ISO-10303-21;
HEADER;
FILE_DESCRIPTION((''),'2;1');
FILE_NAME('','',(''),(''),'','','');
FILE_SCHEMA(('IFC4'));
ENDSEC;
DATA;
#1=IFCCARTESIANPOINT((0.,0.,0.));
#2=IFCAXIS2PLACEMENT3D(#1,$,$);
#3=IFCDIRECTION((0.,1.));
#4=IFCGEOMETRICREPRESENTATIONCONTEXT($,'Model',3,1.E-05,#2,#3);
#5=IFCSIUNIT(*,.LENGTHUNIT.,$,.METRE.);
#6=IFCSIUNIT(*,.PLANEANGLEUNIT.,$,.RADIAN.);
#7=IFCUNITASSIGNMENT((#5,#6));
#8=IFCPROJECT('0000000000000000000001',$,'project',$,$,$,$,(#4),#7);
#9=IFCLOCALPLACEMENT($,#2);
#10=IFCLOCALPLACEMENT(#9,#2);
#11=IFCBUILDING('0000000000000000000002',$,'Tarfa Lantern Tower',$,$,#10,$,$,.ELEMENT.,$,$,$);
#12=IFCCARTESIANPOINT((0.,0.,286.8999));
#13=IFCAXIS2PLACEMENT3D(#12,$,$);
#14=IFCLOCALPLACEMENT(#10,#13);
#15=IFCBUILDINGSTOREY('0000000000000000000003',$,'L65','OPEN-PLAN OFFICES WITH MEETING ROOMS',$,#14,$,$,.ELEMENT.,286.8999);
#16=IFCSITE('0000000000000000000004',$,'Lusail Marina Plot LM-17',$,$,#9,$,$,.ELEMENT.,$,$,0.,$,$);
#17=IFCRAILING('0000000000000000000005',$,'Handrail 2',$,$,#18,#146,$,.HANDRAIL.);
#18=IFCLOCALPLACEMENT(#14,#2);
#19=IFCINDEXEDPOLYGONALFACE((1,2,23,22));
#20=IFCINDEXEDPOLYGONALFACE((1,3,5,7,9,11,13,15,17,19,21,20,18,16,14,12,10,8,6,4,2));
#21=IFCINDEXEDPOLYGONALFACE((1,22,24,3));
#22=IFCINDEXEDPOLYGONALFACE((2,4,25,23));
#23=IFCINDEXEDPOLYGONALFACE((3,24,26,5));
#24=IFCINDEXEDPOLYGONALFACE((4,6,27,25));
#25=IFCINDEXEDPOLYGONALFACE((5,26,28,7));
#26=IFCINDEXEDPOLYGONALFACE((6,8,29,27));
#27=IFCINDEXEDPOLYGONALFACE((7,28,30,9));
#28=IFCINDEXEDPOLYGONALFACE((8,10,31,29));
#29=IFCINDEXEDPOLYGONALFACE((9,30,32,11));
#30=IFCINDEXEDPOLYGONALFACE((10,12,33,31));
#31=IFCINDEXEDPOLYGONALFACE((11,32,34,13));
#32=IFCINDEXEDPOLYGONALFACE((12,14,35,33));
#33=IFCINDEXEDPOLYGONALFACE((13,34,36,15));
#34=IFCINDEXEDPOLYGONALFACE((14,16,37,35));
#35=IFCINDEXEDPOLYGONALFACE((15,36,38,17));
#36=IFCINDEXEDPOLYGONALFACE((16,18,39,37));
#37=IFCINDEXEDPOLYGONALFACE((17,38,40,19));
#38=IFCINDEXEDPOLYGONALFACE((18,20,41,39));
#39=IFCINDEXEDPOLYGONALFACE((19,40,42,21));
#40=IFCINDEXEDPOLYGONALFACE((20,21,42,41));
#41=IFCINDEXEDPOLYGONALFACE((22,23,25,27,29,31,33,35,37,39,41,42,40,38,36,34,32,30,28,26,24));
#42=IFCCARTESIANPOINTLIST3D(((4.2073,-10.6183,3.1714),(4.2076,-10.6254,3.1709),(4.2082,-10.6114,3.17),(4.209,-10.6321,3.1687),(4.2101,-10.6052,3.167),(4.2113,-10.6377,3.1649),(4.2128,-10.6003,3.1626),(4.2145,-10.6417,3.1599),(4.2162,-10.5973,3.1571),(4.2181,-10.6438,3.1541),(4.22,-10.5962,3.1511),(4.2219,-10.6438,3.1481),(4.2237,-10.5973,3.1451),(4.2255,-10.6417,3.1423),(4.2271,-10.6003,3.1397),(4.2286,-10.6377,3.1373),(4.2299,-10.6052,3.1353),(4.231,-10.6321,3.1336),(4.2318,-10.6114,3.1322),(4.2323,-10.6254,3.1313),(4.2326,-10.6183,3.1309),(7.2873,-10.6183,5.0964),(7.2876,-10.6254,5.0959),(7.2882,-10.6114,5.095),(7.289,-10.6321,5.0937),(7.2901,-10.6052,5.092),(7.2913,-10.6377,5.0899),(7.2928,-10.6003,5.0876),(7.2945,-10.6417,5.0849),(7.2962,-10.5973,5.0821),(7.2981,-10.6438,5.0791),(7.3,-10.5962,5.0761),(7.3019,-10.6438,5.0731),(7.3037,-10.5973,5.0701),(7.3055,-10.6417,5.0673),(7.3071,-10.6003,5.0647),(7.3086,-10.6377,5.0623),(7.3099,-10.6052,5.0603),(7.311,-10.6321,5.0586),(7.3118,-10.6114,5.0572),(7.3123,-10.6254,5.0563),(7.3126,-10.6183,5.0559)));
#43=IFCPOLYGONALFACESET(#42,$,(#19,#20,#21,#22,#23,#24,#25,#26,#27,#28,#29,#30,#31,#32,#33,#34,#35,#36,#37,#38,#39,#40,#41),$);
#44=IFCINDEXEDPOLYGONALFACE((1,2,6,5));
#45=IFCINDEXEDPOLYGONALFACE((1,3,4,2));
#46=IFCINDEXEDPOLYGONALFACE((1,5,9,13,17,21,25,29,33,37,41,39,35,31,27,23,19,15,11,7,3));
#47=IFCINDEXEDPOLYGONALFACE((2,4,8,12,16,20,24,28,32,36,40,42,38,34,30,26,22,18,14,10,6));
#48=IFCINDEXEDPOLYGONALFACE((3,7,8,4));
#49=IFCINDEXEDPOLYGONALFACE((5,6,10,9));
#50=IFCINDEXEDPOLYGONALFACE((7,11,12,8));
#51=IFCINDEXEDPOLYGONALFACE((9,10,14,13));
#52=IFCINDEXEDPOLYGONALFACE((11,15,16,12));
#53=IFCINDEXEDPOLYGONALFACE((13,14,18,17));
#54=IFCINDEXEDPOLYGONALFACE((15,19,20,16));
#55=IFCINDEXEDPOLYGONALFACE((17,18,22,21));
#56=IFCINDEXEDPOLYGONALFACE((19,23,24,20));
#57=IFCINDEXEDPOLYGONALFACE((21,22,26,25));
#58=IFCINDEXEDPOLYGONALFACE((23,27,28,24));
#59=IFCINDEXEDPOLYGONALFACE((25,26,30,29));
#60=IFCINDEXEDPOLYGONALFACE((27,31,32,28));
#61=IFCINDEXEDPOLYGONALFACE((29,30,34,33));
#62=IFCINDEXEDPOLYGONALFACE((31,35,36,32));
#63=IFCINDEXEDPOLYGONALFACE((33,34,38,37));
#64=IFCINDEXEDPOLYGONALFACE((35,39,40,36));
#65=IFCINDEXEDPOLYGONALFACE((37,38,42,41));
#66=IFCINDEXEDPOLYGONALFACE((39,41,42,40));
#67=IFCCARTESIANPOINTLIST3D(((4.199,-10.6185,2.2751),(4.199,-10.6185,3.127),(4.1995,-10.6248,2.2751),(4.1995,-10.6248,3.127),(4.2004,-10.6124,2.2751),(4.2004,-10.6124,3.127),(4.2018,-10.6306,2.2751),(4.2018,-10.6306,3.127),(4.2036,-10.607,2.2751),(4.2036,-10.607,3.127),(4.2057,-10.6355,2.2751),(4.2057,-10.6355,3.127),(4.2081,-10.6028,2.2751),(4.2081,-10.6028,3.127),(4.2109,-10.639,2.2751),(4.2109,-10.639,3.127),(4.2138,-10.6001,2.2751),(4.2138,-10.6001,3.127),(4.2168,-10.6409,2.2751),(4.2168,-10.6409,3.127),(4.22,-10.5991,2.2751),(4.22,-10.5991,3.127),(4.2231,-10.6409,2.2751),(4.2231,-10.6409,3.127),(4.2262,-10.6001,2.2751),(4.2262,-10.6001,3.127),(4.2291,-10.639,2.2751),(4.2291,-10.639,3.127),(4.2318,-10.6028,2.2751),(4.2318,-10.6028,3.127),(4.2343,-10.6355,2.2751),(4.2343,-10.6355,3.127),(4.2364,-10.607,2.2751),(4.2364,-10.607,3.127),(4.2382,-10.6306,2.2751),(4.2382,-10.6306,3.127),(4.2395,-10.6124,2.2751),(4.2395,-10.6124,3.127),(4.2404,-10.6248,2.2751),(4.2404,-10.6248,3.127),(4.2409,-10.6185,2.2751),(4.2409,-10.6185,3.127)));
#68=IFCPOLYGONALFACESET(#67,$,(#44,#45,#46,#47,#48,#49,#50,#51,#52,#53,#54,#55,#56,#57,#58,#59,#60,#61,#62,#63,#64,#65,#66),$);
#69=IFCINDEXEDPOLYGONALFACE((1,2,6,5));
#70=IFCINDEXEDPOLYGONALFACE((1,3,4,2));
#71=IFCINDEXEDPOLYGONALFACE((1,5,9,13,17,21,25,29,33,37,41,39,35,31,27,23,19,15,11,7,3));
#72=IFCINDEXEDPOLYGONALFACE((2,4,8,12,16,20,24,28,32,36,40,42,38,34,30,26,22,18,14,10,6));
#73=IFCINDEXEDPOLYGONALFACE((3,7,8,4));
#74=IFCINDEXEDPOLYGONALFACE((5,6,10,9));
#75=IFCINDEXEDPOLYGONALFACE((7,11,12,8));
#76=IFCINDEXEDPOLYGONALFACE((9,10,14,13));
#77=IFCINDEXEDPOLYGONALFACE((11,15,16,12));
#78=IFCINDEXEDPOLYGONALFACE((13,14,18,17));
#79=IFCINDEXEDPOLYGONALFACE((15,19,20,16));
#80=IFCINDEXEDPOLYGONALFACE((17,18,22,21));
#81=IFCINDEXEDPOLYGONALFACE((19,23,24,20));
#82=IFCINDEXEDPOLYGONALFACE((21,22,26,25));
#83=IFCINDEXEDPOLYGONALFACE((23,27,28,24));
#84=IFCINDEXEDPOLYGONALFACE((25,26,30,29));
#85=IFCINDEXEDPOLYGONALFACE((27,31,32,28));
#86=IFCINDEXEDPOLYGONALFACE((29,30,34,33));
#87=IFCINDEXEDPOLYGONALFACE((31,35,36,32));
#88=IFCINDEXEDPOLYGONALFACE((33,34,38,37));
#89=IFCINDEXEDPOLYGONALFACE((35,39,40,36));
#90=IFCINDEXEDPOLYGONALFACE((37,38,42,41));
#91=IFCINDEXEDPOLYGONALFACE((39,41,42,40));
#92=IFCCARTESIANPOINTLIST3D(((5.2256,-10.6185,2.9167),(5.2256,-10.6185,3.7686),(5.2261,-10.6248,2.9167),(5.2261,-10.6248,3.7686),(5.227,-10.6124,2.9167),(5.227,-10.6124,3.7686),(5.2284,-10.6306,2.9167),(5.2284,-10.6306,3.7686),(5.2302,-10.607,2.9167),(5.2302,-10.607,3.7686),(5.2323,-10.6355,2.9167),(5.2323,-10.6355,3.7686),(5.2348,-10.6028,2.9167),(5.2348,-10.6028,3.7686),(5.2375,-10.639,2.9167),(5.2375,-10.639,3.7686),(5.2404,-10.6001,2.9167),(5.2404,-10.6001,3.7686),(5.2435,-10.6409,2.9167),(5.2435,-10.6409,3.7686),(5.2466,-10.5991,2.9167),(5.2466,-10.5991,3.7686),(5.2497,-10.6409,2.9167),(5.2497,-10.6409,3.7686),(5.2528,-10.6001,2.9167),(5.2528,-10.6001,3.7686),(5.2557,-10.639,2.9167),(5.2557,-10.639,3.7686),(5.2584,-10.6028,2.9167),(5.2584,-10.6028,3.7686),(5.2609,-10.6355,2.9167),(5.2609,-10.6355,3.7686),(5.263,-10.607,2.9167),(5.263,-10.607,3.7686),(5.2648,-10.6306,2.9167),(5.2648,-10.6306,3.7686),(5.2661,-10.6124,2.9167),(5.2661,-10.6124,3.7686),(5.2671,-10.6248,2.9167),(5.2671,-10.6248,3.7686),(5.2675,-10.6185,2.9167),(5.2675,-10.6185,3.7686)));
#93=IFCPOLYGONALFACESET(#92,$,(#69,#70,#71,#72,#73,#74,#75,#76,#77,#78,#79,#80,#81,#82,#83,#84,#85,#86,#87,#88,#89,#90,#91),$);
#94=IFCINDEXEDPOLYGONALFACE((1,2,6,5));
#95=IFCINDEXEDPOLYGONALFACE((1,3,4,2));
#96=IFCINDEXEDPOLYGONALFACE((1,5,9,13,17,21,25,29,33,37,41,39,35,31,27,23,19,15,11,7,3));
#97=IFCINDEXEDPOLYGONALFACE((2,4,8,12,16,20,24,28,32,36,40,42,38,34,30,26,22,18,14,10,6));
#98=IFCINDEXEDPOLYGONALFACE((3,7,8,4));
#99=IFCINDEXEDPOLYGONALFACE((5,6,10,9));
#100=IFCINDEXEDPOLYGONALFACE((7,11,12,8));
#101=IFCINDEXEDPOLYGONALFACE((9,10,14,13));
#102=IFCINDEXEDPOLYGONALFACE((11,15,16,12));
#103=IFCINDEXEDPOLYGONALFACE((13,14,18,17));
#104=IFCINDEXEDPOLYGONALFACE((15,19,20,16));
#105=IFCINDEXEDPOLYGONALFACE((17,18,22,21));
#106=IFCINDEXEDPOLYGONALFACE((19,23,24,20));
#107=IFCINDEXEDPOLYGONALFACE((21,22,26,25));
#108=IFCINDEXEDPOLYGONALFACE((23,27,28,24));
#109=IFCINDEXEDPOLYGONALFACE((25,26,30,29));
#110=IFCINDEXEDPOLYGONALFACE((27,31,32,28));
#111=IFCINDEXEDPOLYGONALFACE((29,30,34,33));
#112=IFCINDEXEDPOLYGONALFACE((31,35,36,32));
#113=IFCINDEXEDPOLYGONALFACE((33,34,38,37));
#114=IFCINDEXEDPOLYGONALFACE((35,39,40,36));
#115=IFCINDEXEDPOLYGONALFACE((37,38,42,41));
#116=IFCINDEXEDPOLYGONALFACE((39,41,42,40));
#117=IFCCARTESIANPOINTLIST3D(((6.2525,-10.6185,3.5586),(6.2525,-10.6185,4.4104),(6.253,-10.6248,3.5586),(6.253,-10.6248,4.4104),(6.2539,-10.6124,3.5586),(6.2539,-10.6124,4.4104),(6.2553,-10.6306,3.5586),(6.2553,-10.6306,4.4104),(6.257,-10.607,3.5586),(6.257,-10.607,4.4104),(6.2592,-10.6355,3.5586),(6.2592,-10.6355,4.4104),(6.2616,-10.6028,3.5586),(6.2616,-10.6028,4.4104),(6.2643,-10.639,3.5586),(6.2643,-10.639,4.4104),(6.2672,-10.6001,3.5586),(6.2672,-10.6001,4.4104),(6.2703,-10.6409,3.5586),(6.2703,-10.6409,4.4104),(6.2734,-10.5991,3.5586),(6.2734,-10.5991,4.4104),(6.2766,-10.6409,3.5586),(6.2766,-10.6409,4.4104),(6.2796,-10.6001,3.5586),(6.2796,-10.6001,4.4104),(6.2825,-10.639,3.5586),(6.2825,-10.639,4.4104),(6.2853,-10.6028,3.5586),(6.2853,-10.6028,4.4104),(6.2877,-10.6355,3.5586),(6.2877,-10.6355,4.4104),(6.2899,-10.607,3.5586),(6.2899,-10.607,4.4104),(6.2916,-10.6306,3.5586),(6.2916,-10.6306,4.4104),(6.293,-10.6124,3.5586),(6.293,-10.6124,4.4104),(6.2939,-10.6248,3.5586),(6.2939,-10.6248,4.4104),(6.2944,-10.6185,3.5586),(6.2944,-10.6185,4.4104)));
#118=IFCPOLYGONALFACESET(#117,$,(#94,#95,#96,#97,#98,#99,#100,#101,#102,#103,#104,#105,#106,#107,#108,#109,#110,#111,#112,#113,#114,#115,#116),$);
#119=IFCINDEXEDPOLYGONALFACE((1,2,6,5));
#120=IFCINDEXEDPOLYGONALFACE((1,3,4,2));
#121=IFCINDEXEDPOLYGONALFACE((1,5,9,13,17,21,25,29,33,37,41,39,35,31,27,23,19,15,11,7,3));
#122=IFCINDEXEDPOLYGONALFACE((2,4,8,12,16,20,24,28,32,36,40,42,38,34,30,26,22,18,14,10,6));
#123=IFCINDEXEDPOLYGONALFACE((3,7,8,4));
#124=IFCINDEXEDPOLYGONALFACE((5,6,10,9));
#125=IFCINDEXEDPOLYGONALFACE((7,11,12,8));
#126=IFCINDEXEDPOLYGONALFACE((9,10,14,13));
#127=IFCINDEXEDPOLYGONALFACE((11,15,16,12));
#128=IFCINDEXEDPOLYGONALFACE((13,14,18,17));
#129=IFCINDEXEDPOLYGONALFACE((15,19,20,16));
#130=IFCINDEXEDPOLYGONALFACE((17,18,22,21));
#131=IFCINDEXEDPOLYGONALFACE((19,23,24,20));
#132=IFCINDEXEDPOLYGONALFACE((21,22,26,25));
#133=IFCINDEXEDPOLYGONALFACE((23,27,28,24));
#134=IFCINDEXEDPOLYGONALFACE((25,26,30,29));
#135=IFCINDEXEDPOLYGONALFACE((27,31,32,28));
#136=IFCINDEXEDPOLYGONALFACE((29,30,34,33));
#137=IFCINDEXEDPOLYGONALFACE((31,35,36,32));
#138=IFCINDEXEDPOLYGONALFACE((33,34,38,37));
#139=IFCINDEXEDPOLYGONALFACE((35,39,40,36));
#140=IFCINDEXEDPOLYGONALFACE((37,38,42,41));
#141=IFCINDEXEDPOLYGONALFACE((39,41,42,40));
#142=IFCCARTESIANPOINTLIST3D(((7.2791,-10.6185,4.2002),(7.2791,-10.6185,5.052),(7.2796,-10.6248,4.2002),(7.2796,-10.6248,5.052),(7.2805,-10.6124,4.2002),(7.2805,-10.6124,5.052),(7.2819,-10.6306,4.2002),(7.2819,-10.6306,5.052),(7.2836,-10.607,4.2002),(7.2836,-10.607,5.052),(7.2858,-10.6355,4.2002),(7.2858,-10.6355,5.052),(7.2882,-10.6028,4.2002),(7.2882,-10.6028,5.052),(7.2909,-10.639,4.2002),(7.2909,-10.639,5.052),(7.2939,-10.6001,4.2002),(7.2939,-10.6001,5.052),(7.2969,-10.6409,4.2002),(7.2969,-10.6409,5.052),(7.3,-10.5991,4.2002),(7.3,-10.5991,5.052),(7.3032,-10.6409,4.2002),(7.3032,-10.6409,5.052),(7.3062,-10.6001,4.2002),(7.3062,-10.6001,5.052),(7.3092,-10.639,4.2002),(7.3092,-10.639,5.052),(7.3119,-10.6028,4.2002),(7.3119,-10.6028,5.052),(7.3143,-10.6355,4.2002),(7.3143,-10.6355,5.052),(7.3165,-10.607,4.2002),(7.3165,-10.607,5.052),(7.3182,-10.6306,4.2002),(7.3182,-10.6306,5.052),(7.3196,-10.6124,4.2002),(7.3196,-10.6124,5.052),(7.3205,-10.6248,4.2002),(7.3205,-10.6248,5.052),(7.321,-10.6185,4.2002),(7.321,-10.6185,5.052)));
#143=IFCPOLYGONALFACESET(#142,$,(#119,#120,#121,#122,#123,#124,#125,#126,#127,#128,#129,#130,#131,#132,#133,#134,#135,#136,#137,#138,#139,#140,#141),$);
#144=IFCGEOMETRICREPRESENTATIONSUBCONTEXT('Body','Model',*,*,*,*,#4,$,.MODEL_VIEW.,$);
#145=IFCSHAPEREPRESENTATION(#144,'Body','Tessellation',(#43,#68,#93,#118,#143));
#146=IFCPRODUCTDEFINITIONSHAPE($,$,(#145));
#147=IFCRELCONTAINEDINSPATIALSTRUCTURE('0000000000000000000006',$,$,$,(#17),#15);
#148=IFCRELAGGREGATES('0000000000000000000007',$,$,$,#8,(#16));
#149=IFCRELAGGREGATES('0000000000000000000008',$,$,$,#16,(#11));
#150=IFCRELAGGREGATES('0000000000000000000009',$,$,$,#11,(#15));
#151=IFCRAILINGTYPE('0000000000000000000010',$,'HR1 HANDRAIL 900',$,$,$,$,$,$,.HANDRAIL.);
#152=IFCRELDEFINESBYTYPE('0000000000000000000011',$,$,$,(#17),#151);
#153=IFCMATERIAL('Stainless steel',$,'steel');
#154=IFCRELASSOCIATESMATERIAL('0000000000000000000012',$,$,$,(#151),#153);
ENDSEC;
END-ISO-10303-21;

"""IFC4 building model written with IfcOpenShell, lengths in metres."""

from ifc_helpers import new_model, si_unit, direction, frame, origin, origin_2d, place, context, subcontext, project, spatial, circle, extrude, material, type_object, element, save


model = new_model("IFC4")

# Units and contexts
model_context = context("Model", 3, precision=1e-05, world=origin(), true_north=direction((0.0, 1.0)))
body_context = subcontext(model_context, "Body", "Model", "MODEL_VIEW")
ifc_project = project(units=[si_unit("LENGTHUNIT", "METRE"), si_unit("PLANEANGLEUNIT", "RADIAN")], contexts=[model_context])

# Site, building, storey
site_placement = place(None, origin())
site = spatial("IfcSite", under=ifc_project, at=site_placement, Name="Lusail Marina Plot LM-17", CompositionType="ELEMENT", RefElevation=0.0)
building_placement = place(site_placement, origin())
building = spatial("IfcBuilding", under=site, at=building_placement, Name="Tarfa Lantern Tower", CompositionType="ELEMENT")
storey_placement = place(building_placement, frame((0.0, 0.0, 286.8999)))
storey = spatial("IfcBuildingStorey", under=building, at=storey_placement, Name="L65", Description="OPEN-PLAN OFFICES WITH MEETING ROOMS", CompositionType="ELEMENT", Elevation=286.8999)

# Railing
ifc_material_1 = material(Name="Stainless steel", Category="steel")
railing_type = type_object("IfcRailingType", Name="HR1 HANDRAIL 900", PredefinedType="HANDRAIL", material=ifc_material_1)
railing_1_placement = place(storey_placement, frame((4.22, -10.6201, 2.2751)))
element("IfcRailing", 1, at=railing_1_placement, inside=storey, type_object=railing_type, Name="Handrail 2", PredefinedType="HANDRAIL", context=body_context, shape_type="SweptSolid", body=[
    extrude(circle(Radius=0.0239, at=origin_2d()), frame((0.0, 0.0, 0.876), z_axis=(0.847998, 0.0, 0.529999), x_axis=(0.0, 1.0, 0.0)), (0.0, 0.0, 1.0), 3.6321),
    extrude(circle(Radius=0.021, at=origin_2d()), frame((0.0, 0.0, 0.0), z_axis=(0.0, 0.0, 1.0), x_axis=(0.0, 1.0, 0.0)), (0.0, 0.0, 1.0), 0.8518),
    extrude(circle(Radius=0.021, at=origin_2d()), frame((1.0266, 0.0, 0.6416), z_axis=(0.0, 0.0, 1.0), x_axis=(0.0, 1.0, 0.0)), (0.0, 0.0, 1.0), 0.8518),
    extrude(circle(Radius=0.021, at=origin_2d()), frame((2.0535, 0.0, 1.2834), z_axis=(0.0, 0.0, 1.0), x_axis=(0.0, 1.0, 0.0)), (0.0, 0.0, 1.0), 0.8518),
    extrude(circle(Radius=0.021, at=origin_2d()), frame((3.0801, 0.0, 1.925), z_axis=(0.0, 0.0, 1.0), x_axis=(0.0, 1.0, 0.0)), (0.0, 0.0, 1.0), 0.8518),
])

save(model, "model.ifc")
